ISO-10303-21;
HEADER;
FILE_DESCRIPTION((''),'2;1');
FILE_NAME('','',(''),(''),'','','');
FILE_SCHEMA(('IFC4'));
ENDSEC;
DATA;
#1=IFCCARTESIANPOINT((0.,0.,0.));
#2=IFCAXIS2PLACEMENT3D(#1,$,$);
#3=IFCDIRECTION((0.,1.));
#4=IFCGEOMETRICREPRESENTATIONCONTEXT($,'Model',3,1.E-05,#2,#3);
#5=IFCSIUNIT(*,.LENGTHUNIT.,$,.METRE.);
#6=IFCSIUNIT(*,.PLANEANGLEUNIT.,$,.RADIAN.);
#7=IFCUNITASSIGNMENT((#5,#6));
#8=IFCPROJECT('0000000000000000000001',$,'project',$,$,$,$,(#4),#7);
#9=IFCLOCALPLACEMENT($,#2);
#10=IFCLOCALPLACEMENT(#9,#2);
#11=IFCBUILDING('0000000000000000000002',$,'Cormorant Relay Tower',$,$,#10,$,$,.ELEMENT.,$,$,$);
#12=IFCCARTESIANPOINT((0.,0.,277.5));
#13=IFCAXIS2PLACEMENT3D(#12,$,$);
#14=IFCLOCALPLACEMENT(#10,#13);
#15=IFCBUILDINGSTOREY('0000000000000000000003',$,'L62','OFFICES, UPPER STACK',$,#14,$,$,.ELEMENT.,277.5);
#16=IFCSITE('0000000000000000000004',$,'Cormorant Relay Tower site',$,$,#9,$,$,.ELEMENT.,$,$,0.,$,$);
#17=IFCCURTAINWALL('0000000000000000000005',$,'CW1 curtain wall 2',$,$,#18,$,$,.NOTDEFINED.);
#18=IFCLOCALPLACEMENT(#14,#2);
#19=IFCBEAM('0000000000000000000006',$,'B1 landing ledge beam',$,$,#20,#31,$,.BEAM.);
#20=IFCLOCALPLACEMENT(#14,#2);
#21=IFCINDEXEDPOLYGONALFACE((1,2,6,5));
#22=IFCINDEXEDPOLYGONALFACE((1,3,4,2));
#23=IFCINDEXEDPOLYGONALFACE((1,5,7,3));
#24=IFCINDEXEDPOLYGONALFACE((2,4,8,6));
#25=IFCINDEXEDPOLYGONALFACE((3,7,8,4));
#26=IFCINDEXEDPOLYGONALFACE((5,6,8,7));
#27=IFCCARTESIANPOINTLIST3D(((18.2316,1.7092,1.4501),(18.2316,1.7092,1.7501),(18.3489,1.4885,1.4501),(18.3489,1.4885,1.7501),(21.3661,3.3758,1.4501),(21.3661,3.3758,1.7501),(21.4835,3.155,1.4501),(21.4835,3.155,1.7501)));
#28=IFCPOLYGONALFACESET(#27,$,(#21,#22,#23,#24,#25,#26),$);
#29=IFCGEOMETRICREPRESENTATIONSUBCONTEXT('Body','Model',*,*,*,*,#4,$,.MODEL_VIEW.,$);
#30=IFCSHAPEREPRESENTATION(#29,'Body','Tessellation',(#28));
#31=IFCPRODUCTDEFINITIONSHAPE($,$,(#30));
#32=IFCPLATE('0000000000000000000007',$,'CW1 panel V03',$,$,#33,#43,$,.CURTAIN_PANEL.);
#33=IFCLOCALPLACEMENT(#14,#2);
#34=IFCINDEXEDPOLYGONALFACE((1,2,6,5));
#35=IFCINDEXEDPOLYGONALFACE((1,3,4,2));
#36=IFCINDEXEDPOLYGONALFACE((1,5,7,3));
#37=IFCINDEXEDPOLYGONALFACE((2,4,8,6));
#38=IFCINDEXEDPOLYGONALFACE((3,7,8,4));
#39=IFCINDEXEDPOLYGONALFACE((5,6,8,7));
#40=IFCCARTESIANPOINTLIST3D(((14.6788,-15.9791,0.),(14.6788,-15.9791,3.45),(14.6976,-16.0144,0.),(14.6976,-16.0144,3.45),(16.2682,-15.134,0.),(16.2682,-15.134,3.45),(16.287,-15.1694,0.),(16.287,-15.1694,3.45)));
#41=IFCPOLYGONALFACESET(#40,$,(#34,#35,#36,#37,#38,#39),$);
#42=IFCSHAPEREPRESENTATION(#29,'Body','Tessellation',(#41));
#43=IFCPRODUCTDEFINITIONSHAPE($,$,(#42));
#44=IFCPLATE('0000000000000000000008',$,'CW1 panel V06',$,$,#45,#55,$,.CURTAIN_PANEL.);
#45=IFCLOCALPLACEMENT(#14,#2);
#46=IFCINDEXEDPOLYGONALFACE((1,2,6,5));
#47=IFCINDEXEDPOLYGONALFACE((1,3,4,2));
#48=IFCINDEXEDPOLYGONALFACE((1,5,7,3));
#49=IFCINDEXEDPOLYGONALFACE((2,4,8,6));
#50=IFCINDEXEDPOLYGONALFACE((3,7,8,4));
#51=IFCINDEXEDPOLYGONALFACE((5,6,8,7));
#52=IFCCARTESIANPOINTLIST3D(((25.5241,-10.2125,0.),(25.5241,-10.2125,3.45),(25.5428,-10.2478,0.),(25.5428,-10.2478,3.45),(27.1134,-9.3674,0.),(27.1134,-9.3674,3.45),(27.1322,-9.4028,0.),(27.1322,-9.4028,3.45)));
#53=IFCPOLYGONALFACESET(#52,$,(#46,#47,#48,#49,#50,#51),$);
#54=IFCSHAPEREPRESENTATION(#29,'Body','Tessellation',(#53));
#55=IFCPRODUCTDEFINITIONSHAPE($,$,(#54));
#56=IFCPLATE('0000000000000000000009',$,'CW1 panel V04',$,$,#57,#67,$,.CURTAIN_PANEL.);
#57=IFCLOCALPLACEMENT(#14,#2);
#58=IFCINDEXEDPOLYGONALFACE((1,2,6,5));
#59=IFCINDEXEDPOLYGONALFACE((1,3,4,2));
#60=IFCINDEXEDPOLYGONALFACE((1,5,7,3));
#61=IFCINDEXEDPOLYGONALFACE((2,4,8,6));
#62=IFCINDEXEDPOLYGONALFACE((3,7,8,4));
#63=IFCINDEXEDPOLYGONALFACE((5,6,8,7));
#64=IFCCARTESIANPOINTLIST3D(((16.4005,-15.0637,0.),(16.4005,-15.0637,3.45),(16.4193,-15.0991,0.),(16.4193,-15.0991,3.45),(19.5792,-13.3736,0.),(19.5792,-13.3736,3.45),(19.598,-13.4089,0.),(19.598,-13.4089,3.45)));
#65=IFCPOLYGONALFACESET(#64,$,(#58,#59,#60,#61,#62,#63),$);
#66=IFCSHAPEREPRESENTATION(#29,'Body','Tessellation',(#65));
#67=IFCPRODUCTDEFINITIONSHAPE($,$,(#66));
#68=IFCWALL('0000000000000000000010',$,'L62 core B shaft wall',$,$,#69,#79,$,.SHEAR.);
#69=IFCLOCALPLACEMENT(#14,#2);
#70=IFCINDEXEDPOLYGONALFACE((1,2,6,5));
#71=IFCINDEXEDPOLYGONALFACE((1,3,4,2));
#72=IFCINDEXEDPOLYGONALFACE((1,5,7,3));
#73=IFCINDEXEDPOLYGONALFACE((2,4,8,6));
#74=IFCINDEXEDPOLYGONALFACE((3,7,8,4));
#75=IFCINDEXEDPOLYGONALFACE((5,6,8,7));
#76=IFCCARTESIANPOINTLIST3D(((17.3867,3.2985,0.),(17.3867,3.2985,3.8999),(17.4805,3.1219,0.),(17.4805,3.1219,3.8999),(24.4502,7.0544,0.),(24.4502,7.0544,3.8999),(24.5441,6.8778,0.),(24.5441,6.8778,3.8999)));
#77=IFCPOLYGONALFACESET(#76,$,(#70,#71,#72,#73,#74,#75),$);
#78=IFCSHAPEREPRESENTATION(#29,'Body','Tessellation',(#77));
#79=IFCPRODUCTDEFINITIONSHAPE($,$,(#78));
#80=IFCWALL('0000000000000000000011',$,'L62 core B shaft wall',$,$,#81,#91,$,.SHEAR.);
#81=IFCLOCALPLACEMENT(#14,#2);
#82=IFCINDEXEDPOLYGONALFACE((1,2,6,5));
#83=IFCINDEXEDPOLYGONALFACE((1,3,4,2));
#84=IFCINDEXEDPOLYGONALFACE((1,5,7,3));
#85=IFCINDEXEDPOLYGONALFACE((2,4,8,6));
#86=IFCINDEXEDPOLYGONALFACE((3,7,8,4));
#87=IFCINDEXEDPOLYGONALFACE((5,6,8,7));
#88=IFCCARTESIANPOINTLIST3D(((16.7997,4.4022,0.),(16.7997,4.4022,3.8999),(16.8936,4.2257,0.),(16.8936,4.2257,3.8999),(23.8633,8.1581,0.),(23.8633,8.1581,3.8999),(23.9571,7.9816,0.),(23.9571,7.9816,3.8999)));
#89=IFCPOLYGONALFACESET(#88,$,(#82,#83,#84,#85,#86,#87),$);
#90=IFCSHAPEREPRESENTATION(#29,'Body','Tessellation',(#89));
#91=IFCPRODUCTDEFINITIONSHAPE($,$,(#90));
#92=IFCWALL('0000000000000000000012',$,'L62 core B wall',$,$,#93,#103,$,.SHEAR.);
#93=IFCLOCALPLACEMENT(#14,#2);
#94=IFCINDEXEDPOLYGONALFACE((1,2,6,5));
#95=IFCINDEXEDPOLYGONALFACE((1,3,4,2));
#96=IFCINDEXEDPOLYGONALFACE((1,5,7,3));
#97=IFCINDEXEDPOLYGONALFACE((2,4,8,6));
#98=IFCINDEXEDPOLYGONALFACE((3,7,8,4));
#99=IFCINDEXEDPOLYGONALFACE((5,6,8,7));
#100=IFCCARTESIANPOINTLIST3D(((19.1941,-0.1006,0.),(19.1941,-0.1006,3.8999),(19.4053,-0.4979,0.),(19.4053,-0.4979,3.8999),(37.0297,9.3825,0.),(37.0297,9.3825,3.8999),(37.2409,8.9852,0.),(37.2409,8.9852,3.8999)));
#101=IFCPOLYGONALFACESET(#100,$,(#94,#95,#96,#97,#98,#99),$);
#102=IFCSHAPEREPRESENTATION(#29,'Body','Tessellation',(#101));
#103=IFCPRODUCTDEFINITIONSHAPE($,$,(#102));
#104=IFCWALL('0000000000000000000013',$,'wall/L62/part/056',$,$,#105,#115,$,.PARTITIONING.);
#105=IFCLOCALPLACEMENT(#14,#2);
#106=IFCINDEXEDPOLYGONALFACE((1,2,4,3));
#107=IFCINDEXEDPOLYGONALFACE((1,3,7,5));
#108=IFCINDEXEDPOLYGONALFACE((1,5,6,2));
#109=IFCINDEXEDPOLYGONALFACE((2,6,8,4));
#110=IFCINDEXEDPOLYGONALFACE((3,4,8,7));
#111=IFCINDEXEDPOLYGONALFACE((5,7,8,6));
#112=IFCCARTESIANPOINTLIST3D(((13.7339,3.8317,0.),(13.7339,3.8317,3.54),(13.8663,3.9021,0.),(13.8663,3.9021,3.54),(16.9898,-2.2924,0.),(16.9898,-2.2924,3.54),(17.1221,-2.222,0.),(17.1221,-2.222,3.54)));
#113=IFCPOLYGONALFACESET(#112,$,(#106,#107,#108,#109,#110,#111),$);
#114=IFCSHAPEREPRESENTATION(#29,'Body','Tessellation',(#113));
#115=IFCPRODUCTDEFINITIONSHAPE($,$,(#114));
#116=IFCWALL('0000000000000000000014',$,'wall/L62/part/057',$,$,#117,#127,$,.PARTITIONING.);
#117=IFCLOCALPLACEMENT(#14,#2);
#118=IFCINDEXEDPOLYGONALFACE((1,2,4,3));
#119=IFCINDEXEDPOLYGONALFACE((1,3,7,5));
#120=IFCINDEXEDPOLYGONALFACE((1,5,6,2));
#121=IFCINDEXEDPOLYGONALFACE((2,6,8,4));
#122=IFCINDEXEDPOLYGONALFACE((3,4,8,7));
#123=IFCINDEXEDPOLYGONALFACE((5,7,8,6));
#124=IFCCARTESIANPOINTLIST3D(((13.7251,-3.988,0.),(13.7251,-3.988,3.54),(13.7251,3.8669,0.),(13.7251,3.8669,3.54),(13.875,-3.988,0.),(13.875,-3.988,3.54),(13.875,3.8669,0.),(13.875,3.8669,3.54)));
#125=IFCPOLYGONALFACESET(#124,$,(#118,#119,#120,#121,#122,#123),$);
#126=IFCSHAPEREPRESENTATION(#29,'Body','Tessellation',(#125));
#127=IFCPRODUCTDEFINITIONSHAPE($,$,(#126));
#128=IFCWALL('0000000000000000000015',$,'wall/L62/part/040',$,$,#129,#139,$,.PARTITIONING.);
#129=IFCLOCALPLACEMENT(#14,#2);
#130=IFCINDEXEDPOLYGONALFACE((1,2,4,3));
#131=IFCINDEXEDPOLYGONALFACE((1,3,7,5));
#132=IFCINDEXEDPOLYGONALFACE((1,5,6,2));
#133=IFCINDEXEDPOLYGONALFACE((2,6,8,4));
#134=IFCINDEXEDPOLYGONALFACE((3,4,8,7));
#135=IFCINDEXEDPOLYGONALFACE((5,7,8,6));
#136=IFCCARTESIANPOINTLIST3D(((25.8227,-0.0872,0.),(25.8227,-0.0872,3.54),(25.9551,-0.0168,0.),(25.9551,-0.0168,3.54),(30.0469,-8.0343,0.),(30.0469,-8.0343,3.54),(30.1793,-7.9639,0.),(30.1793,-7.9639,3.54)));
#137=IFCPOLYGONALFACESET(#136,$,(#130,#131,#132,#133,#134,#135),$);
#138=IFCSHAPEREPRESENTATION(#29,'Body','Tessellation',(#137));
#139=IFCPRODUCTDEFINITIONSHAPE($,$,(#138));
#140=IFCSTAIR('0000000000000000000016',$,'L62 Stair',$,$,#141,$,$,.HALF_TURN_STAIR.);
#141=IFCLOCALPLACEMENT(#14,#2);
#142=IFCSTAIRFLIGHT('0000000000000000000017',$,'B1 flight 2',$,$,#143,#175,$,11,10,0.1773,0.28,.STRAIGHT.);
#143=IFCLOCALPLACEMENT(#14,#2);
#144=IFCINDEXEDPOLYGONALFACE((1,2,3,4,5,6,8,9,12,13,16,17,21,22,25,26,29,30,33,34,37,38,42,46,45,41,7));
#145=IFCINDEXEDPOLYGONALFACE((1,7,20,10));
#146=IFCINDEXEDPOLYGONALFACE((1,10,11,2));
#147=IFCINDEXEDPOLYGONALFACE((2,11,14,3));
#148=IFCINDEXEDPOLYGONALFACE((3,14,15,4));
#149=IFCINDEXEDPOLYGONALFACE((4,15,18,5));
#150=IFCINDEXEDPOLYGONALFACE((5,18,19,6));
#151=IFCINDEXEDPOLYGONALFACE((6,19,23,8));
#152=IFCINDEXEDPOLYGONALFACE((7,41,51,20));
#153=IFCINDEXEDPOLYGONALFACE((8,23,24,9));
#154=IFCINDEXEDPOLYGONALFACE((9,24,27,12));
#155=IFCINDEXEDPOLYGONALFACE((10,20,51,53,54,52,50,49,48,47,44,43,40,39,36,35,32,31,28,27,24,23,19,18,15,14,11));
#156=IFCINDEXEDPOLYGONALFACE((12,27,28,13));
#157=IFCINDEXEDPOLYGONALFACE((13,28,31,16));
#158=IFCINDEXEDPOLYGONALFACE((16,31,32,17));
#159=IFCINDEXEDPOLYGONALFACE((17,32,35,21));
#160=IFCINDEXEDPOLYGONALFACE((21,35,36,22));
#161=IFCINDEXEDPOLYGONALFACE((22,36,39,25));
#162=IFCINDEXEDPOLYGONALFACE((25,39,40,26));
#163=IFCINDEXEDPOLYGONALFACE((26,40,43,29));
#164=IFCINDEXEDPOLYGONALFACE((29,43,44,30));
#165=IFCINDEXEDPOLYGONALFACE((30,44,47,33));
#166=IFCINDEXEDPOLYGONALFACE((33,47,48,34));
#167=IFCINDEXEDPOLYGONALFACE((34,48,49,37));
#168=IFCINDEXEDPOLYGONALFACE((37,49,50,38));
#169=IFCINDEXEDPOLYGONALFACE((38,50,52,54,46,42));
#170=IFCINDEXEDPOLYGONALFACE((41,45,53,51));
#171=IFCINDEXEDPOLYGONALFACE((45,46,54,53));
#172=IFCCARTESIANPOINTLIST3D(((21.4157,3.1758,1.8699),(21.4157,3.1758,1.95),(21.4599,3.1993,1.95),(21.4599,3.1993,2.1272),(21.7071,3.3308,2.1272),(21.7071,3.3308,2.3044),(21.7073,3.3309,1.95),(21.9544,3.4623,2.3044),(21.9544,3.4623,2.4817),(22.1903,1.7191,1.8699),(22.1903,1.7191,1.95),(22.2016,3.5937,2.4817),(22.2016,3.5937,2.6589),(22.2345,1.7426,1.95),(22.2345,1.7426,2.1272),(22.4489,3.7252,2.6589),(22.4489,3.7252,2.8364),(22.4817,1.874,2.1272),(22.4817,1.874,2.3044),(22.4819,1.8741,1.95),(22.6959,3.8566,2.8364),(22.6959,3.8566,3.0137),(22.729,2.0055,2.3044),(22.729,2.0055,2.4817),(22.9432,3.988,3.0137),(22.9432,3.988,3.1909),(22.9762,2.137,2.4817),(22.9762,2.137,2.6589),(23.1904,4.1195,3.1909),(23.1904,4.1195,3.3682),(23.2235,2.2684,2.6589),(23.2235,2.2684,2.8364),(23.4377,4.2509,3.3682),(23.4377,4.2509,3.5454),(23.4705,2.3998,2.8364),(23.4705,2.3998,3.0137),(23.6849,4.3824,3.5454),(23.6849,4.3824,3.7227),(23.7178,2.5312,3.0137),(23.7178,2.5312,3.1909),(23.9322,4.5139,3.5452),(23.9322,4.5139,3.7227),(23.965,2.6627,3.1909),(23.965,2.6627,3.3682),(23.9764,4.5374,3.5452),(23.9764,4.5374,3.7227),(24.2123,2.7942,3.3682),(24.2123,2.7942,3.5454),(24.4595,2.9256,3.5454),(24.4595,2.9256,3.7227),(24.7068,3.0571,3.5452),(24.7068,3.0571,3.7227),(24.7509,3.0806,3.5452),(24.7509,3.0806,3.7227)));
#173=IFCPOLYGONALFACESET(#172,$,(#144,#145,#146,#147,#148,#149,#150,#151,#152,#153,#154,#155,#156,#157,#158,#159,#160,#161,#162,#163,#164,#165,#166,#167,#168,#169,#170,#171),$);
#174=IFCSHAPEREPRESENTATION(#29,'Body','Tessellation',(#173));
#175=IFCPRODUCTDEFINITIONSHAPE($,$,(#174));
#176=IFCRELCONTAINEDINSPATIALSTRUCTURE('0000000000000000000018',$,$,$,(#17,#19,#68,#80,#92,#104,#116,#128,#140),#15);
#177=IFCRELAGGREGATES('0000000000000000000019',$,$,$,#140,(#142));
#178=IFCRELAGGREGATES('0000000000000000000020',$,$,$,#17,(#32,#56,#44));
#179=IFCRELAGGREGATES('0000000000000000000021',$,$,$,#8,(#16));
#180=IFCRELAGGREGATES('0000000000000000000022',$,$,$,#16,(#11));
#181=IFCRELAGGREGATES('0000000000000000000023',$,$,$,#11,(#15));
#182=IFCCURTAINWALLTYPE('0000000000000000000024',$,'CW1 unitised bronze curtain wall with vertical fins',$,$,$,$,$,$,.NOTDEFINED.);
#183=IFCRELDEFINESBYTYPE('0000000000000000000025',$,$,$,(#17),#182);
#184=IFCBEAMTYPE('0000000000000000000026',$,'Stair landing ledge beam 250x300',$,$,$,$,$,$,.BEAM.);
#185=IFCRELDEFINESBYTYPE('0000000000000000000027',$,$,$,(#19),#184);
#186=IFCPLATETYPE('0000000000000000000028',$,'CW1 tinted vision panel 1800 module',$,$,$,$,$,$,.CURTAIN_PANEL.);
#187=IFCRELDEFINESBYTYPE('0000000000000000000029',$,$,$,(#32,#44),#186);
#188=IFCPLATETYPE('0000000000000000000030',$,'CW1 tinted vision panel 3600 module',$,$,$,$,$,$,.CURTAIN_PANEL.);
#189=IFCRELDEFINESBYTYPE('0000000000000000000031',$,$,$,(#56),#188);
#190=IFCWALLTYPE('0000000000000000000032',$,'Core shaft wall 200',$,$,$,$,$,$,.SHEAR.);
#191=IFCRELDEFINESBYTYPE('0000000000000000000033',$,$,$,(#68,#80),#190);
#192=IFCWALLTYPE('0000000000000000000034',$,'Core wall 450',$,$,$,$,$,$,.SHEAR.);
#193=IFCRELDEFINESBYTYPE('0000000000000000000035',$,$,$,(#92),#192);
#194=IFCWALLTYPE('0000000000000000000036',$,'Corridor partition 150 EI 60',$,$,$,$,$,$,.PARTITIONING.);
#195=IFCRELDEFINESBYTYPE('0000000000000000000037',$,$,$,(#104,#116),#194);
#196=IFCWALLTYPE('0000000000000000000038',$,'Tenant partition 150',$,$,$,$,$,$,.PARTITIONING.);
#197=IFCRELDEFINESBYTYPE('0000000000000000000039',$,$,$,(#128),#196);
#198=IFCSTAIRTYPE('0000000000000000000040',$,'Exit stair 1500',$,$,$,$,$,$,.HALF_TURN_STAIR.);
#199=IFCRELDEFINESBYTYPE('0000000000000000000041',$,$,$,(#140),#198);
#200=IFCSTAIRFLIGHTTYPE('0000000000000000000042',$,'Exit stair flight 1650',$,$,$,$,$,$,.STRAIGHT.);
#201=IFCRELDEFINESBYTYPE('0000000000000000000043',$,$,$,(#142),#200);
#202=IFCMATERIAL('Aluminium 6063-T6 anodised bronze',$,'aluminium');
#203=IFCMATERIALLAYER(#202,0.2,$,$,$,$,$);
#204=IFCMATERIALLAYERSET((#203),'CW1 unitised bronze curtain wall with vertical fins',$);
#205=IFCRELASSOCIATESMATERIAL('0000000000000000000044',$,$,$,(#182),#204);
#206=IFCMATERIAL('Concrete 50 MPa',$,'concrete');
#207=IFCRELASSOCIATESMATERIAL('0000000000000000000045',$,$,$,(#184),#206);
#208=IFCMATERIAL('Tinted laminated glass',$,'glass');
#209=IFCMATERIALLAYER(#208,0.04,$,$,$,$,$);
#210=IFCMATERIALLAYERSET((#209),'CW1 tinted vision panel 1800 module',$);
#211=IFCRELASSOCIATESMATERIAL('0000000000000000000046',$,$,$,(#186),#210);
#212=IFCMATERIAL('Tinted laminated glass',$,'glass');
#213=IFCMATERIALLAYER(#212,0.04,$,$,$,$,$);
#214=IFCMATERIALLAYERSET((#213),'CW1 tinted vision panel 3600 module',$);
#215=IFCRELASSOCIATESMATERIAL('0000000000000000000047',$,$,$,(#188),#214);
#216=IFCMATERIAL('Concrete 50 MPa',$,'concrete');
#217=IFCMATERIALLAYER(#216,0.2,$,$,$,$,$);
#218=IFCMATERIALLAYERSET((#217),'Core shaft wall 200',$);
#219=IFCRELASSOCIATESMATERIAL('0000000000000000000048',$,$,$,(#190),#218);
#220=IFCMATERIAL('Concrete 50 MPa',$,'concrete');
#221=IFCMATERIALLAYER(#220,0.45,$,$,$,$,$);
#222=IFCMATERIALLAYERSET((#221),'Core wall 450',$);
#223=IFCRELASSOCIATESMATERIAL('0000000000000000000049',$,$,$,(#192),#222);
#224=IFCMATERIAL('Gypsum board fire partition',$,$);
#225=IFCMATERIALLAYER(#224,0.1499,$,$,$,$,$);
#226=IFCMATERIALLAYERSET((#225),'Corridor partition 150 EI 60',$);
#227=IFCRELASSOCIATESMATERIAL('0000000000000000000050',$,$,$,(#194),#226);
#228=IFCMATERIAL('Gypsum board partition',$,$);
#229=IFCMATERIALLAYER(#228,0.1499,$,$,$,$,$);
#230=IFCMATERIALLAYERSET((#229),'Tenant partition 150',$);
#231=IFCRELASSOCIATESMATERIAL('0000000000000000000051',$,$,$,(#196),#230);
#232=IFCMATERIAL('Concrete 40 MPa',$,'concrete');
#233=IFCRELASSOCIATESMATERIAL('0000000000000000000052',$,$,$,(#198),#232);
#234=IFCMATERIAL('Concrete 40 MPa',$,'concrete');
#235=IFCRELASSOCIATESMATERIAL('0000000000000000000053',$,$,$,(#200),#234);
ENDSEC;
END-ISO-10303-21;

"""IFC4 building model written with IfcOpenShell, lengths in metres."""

from ifc_helpers import new_model, si_unit, direction, frame, frame_2d, origin, origin_2d, place, context, subcontext, project, spatial, polyline, rectangle, outline, extrude, material, layer, layer_set, material_profile, profile_set, type_object, element, aggregate, save


model = new_model("IFC4")

# Units and contexts
model_context = context("Model", 3, precision=1e-05, world=origin(), true_north=direction((0.0, 1.0)))
body_context = subcontext(model_context, "Body", "Model", "MODEL_VIEW")
ifc_project = project(units=[si_unit("LENGTHUNIT", "METRE"), si_unit("PLANEANGLEUNIT", "RADIAN")], contexts=[model_context])

# Site, building, storey
site_placement = place(None, origin())
site = spatial("IfcSite", under=ifc_project, at=site_placement, Name="Cormorant Relay Tower site", CompositionType="ELEMENT", RefElevation=0.0)
building_placement = place(site_placement, origin())
building = spatial("IfcBuilding", under=site, at=building_placement, Name="Cormorant Relay Tower", CompositionType="ELEMENT")
storey_placement = place(building_placement, frame((0.0, 0.0, 277.5)))
storey = spatial("IfcBuildingStorey", under=building, at=storey_placement, Name="L62", Description="OFFICES, UPPER STACK", CompositionType="ELEMENT", Elevation=277.5)

# Curtain wall
ifc_material_1 = material(Name="Aluminium 6063-T6 anodised bronze", Category="aluminium")
ifc_layer_1 = layer(ifc_material_1, 0.2)
ifc_layer_set_1 = layer_set([ifc_layer_1], Name="CW1 unitised bronze curtain wall with vertical fins")
curtain_wall_type = type_object("IfcCurtainWallType", Name="CW1 unitised bronze curtain wall with vertical fins", PredefinedType="NOTDEFINED", material=ifc_layer_set_1)
curtain_wall_placement = place(storey_placement, origin())
curtain_wall = element("IfcCurtainWall", 1, at=curtain_wall_placement, inside=storey, type_object=curtain_wall_type, Name="CW1 curtain wall 2", PredefinedType="NOTDEFINED")

# Beam
ifc_material_2 = material(Name="Concrete 50 MPa", Category="concrete")
ifc_material_profile_1 = material_profile(ifc_material_2, rectangle(XDim=0.25, YDim=0.3, at=origin_2d()), Name="RC 250x300")
ifc_profile_set_1 = profile_set([ifc_material_profile_1], Name="Concrete 50 MPa")
beam_type_1 = type_object("IfcBeamType", Name="Stair landing ledge beam 250x300", PredefinedType="BEAM", material=ifc_profile_set_1)
beam_1_placement = place(storey_placement, frame((21.4248, 3.2654, 1.6001), z_axis=(-0.882965, -0.469438, 0.0), x_axis=(0.469438, -0.882965, 0.0)))
element("IfcBeam", 2, at=beam_1_placement, inside=storey, type_object=beam_type_1, Name="B1 landing ledge beam", PredefinedType="BEAM", context=body_context, shape_type="SweptSolid", body=[
    extrude(rectangle(XDim=0.25, YDim=0.3, at=origin_2d()), origin(), (0.0, 0.0, 1.0), 3.55),
])

# Plates
ifc_material_3 = material(Name="Tinted laminated glass", Category="glass")
ifc_layer_2 = layer(ifc_material_3, 0.04)
ifc_layer_set_2 = layer_set([ifc_layer_2], Name="CW1 tinted vision panel 1800 module")
plate_type_1 = type_object("IfcPlateType", Name="CW1 tinted vision panel 1800 module", PredefinedType="CURTAIN_PANEL", material=ifc_layer_set_2)
plate_1_placement = place(storey_placement, frame((15.4829, -15.5742, 0.0), z_axis=(0.0, 0.0, 1.0), x_axis=(0.882948, 0.469472, 0.0)))
plate_1 = element("IfcPlate", 3, at=plate_1_placement, type_object=plate_type_1, Name="CW1 panel V03", PredefinedType="CURTAIN_PANEL", context=body_context, shape_type="SweptSolid", body=[
    extrude(rectangle(XDim=1.8, YDim=0.04, at=origin_2d()), origin(), (0.0, 0.0, 1.0), 3.45),
])
plate_2_placement = place(storey_placement, frame((26.3281, -9.8076, 0.0), z_axis=(0.0, 0.0, 1.0), x_axis=(0.882948, 0.469472, 0.0)))
plate_2 = element("IfcPlate", 4, at=plate_2_placement, type_object=plate_type_1, Name="CW1 panel V06", PredefinedType="CURTAIN_PANEL", context=body_context, shape_type="SweptSolid", body=[
    extrude(rectangle(XDim=1.8, YDim=0.04, at=origin_2d()), origin(), (0.0, 0.0, 1.0), 3.45),
])
ifc_material_4 = material(Name="Tinted laminated glass", Category="glass")
ifc_layer_3 = layer(ifc_material_4, 0.04)
ifc_layer_set_3 = layer_set([ifc_layer_3], Name="CW1 tinted vision panel 3600 module")
plate_type_2 = type_object("IfcPlateType", Name="CW1 tinted vision panel 3600 module", PredefinedType="CURTAIN_PANEL", material=ifc_layer_set_3)
plate_3_placement = place(storey_placement, frame((17.9993, -14.2363, 0.0), z_axis=(0.0, 0.0, 1.0), x_axis=(0.882948, 0.469472, 0.0)))
plate_3 = element("IfcPlate", 5, at=plate_3_placement, type_object=plate_type_2, Name="CW1 panel V04", PredefinedType="CURTAIN_PANEL", context=body_context, shape_type="SweptSolid", body=[
    extrude(rectangle(XDim=3.6001, YDim=0.04, at=origin_2d()), origin(), (0.0, 0.0, 1.0), 3.45),
])

# Walls
ifc_material_5 = material(Name="Concrete 50 MPa", Category="concrete")
ifc_layer_4 = layer(ifc_material_5, 0.2)
ifc_layer_set_4 = layer_set([ifc_layer_4], Name="Core shaft wall 200")
wall_type_1 = type_object("IfcWallType", Name="Core shaft wall 200", PredefinedType="SHEAR", material=ifc_layer_set_4)
for number, where, z_axis, x_axis, name in (
    (6, (17.4336, 3.2102, 0.0), (0.0, 0.0, 1.0), (0.88294, 0.469485, 0.0), "L62 core B shaft wall"),
    (7, (16.8467, 4.314, 0.0), (0.0, 0.0, 1.0), (0.88294, 0.469485, 0.0), "L62 core B shaft wall"),
):
    element("IfcWall", number, at=place(storey_placement, frame(where, z_axis=z_axis, x_axis=x_axis)), inside=storey, type_object=wall_type_1, Name=name, PredefinedType="SHEAR", context=body_context, shape_type="SweptSolid", body=[
        extrude(rectangle(XDim=8.0, YDim=0.2, at=frame_2d((4.0, 0.0))), origin(), (0.0, 0.0, 1.0), 3.8999),
    ])

# Shared definitions
ifc_material_6 = material(Name="Concrete 50 MPa", Category="concrete")
ifc_layer_5 = layer(ifc_material_6, 0.45)
ifc_layer_set_5 = layer_set([ifc_layer_5], Name="Core wall 450")
wall_type_2 = type_object("IfcWallType", Name="Core wall 450", PredefinedType="SHEAR", material=ifc_layer_set_5)

# Walls
wall_1_placement = place(storey_placement, frame((19.2996, -0.2993, 0.0), z_axis=(0.0, 0.0, 1.0), x_axis=(0.882953, 0.469462, 0.0)))
element("IfcWall", 8, at=wall_1_placement, inside=storey, type_object=wall_type_2, Name="L62 core B wall", PredefinedType="SHEAR", context=body_context, shape_type="SweptSolid", body=[
    extrude(rectangle(XDim=20.2, YDim=0.45, at=frame_2d((10.1001, 0.0))), origin(), (0.0, 0.0, 1.0), 3.8999),
])
ifc_material_7 = material(Name="Gypsum board fire partition")
ifc_layer_6 = layer(ifc_material_7, 0.1499)
ifc_layer_set_6 = layer_set([ifc_layer_6], Name="Corridor partition 150 EI 60")
wall_type_3 = type_object("IfcWallType", Name="Corridor partition 150 EI 60", PredefinedType="PARTITIONING", material=ifc_layer_set_6)
wall_2_placement = place(storey_placement, frame((17.0559, -2.2571, 0.0), z_axis=(0.0, 0.0, 1.0), x_axis=(-0.469433, 0.882968, 0.0)))
element("IfcWall", 9, at=wall_2_placement, inside=storey, type_object=wall_type_3, Name="wall/L62/part/056", PredefinedType="PARTITIONING", context=body_context, shape_type="SweptSolid", body=[
    extrude(rectangle(XDim=6.9358, YDim=0.1499, at=frame_2d((3.4678, 0.0))), origin(), (0.0, 0.0, 1.0), 3.54),
])
wall_3_placement = place(storey_placement, frame((13.8, 3.8669, 0.0), z_axis=(0.0, 0.0, 1.0), x_axis=(0.0, -1.0, 0.0)))
element("IfcWall", 10, at=wall_3_placement, inside=storey, type_object=wall_type_3, Name="wall/L62/part/057", PredefinedType="PARTITIONING", context=body_context, shape_type="SweptSolid", body=[
    extrude(rectangle(XDim=7.855, YDim=0.1499, at=frame_2d((3.9275, 0.0))), origin(), (0.0, 0.0, 1.0), 3.54),
])
ifc_material_8 = material(Name="Gypsum board partition")
ifc_layer_7 = layer(ifc_material_8, 0.1499)
ifc_layer_set_7 = layer_set([ifc_layer_7], Name="Tenant partition 150")
wall_type_4 = type_object("IfcWallType", Name="Tenant partition 150", PredefinedType="PARTITIONING", material=ifc_layer_set_7)
wall_4_placement = place(storey_placement, frame((25.8889, -0.052, 0.0), z_axis=(0.0, 0.0, 1.0), x_axis=(0.469352, -0.883011, 0.0)))
element("IfcWall", 11, at=wall_4_placement, inside=storey, type_object=wall_type_4, Name="wall/L62/part/040", PredefinedType="PARTITIONING", context=body_context, shape_type="SweptSolid", body=[
    extrude(rectangle(XDim=9.0, YDim=0.1499, at=frame_2d((4.5, 0.0))), origin(), (0.0, 0.0, 1.0), 3.54),
])

# Stair, stair flight
ifc_material_9 = material(Name="Concrete 40 MPa", Category="concrete")
stair_type = type_object("IfcStairType", Name="Exit stair 1500", PredefinedType="HALF_TURN_STAIR", material=ifc_material_9)
stair_placement = place(storey_placement, origin())
stair = element("IfcStair", 12, at=stair_placement, inside=storey, type_object=stair_type, Name="L62 Stair", PredefinedType="HALF_TURN_STAIR")
ifc_material_10 = material(Name="Concrete 40 MPa", Category="concrete")
stair_flight_type = type_object("IfcStairFlightType", Name="Exit stair flight 1650", PredefinedType="STRAIGHT", material=ifc_material_10)
stair_flight_placement = place(storey_placement, frame((21.8472, 2.4709, 1.95), z_axis=(0.0, 0.0, 1.0), x_axis=(0.882948, 0.469472, 0.0)))
stair_flight = element("IfcStairFlight", 13, at=stair_flight_placement, type_object=stair_flight_type, Name="B1 flight 2", NumberOfRisers=11, NumberOfTreads=10, PredefinedType="STRAIGHT", RiserHeight=0.1773, TreadLength=0.28, context=body_context, shape_type="SweptSolid", body=[
    extrude(outline(polyline([(-0.05, -0.0801), (-0.05, 0.0), (0.0, 0.0), (0.0, 0.1772), (0.28, 0.1772), (0.28, 0.3545), (0.5601, 0.3545), (0.5601, 0.5317), (0.8401, 0.5317), (0.8401, 0.709), (1.1201, 0.709), (1.1201, 0.8865), (1.3999, 0.8865), (1.3999, 1.0637), (1.6799, 1.0637), (1.6799, 1.241), (1.96, 1.241), (1.96, 1.4182), (2.24, 1.4182), (2.24, 1.5955), (2.52, 1.5955), (2.52, 1.7727), (2.8, 1.7727), (2.8501, 1.7727), (2.8501, 1.5952), (2.8, 1.5952), (0.2803, 0.0), (-0.05, -0.0801)])), frame((0.0, 0.825, 0.0), z_axis=(0.0, -1.0, 0.0), x_axis=(1.0, 0.0, 0.0)), (0.0, 0.0, 1.0), 1.6499),
])
aggregate(stair, [stair_flight])

aggregate(curtain_wall, [plate_1, plate_3, plate_2])

save(model, "model.ifc")
